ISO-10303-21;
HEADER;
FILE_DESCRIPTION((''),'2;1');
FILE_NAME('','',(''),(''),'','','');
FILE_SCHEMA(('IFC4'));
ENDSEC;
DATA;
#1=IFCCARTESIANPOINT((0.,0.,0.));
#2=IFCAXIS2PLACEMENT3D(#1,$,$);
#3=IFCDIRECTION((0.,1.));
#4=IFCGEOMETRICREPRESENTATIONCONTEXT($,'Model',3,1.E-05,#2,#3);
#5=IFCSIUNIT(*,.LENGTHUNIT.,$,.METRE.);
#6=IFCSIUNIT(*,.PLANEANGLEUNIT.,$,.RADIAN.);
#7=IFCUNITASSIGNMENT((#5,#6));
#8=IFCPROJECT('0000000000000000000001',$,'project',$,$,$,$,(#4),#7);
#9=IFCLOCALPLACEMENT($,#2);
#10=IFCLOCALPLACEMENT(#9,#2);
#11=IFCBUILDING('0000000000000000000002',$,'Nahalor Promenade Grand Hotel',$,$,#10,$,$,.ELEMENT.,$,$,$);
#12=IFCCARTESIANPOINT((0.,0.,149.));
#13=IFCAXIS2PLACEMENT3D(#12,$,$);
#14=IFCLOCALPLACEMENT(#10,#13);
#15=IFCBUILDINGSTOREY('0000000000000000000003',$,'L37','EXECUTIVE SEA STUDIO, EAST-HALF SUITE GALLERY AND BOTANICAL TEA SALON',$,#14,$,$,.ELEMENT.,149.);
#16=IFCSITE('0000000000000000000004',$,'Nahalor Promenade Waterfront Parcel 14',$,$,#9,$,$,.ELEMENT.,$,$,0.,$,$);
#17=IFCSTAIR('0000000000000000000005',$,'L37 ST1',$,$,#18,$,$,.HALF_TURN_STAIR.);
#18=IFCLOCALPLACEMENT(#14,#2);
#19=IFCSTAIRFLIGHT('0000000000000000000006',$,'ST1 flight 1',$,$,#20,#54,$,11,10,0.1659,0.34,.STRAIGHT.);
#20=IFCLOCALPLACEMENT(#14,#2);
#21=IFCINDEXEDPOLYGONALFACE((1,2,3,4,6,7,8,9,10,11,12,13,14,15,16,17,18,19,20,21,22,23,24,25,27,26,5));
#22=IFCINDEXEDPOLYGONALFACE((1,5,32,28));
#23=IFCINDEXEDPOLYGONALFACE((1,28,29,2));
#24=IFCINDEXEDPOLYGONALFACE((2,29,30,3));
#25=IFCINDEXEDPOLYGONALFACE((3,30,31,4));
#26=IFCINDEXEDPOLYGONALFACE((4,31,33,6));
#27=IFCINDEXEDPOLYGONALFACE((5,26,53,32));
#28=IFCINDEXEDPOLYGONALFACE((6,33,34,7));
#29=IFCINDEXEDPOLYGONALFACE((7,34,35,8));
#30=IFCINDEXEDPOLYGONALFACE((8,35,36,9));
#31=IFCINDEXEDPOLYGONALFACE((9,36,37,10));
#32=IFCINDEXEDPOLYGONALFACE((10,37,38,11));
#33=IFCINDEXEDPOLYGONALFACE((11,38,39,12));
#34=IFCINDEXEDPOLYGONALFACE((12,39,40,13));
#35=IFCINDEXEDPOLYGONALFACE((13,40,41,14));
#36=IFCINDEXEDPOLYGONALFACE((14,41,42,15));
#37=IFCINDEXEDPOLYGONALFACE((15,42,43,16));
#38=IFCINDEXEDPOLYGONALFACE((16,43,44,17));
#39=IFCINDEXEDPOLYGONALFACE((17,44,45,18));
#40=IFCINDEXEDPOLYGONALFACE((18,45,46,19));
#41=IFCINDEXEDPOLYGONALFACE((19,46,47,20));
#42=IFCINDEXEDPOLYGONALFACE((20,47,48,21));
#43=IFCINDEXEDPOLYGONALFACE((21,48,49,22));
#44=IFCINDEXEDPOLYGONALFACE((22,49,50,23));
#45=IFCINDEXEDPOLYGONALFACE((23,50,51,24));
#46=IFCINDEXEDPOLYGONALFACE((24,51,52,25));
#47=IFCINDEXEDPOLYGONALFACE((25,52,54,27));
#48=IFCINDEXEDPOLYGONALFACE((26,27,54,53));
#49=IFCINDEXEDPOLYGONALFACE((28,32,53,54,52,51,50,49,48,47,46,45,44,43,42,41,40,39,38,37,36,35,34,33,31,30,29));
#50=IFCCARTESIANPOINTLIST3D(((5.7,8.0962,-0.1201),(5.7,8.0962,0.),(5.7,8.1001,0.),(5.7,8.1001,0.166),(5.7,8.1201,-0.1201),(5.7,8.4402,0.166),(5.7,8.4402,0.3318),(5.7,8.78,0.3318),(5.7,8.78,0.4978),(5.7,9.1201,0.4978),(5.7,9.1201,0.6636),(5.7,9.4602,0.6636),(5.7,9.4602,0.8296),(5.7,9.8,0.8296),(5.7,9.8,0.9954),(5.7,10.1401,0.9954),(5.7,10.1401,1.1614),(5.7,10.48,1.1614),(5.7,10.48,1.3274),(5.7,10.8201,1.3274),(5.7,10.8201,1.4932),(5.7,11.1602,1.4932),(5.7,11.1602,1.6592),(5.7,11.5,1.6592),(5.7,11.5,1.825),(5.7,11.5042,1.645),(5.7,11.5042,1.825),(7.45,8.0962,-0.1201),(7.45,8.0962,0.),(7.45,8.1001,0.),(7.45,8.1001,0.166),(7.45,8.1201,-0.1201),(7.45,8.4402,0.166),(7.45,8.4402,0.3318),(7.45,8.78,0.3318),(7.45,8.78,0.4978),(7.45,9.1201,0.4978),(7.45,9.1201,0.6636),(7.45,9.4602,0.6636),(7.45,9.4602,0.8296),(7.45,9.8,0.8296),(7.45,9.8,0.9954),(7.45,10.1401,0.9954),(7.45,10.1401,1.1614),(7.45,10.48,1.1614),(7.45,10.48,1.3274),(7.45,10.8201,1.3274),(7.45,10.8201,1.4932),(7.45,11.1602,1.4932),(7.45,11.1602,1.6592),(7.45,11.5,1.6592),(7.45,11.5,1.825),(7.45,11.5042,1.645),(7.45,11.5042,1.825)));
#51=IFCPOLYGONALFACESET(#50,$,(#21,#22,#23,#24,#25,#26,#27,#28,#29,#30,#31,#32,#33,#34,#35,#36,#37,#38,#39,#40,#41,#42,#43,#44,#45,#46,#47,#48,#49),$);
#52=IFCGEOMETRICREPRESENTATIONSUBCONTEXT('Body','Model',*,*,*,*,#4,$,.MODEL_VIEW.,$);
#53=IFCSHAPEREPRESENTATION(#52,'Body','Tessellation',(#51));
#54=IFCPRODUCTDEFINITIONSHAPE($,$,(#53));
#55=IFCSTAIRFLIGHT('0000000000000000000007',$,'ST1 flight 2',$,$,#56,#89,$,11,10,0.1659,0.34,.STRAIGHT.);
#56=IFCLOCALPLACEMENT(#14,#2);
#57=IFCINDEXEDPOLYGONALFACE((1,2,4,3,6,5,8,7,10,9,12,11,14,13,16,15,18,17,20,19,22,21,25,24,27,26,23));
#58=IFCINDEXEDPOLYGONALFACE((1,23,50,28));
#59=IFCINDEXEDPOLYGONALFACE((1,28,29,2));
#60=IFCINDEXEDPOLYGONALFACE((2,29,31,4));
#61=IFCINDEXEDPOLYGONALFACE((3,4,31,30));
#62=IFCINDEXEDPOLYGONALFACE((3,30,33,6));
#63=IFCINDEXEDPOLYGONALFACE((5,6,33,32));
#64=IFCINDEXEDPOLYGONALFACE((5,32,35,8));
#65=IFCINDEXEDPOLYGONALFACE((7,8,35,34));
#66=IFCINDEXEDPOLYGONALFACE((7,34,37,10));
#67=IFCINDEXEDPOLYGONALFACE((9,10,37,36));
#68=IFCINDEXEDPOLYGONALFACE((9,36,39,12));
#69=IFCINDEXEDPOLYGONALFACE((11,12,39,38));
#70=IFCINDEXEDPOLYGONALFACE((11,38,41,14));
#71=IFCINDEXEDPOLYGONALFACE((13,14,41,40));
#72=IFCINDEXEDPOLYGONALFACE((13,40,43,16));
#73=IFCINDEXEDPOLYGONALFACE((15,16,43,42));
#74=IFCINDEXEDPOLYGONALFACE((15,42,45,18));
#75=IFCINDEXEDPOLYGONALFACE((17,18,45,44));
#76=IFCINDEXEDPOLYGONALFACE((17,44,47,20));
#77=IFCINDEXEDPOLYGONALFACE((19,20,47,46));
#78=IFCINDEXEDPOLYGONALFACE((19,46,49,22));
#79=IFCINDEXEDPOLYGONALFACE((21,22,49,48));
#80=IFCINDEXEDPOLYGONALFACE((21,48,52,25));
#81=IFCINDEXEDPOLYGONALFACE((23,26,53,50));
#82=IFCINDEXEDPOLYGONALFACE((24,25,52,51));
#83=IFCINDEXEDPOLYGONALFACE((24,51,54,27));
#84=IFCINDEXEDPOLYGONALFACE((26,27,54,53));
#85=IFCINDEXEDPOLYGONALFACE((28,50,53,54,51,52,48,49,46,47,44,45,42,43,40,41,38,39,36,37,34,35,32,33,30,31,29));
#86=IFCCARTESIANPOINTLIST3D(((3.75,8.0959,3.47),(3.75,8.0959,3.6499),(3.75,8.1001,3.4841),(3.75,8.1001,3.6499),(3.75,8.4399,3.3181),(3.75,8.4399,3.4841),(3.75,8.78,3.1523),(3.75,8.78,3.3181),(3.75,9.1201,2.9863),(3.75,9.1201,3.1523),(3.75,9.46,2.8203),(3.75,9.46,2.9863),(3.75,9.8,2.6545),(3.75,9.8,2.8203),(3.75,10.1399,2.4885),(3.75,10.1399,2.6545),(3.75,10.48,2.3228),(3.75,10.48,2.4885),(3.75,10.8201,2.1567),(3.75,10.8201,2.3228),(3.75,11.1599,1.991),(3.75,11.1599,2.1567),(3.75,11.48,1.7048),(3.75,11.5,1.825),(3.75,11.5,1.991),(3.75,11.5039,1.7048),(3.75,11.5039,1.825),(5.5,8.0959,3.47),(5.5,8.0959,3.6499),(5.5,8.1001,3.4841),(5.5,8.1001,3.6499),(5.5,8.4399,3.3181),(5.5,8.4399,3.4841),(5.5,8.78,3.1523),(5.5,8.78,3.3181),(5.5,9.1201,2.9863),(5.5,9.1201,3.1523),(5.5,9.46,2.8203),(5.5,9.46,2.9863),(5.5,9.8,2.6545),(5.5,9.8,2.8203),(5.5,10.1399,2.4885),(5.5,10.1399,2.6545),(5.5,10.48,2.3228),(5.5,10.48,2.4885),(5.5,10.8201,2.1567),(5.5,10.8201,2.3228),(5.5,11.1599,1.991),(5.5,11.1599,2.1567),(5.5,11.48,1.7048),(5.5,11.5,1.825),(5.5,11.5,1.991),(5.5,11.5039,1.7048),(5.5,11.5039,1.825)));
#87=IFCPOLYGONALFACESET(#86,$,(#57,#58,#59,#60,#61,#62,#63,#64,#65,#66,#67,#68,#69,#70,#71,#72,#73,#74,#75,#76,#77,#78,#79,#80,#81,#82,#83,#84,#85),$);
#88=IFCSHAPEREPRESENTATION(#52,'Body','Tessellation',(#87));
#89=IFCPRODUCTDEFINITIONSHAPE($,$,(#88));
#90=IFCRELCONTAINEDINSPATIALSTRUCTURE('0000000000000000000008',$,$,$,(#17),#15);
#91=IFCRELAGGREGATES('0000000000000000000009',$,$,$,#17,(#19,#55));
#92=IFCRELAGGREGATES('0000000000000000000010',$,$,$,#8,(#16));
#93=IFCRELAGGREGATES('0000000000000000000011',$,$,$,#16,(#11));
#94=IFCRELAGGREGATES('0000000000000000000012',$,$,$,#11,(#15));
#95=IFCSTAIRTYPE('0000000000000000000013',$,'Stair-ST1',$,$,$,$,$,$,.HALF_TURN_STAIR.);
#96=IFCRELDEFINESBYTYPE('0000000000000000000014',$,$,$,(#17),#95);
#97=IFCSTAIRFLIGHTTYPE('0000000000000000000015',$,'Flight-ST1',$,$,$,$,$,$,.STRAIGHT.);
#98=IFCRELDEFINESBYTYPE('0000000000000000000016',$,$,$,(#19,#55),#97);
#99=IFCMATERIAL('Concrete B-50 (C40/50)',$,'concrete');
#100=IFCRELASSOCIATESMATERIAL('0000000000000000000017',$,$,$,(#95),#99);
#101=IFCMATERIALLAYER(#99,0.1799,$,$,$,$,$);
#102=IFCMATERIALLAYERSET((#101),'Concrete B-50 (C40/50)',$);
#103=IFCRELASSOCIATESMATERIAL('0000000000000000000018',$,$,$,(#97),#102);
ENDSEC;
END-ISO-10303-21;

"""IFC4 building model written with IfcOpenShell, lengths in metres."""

from ifc_helpers import new_model, si_unit, direction, frame, origin, place, context, subcontext, project, spatial, polyline, outline, extrude, source, transform, mapped, material, layer, layer_set, type_object, element, aggregate, save


model = new_model("IFC4")

# Units and contexts
model_context = context("Model", 3, precision=1e-05, world=origin(), true_north=direction((0.0, 1.0)))
body_context = subcontext(model_context, "Body", "Model", "MODEL_VIEW")
ifc_project = project(units=[si_unit("LENGTHUNIT", "METRE"), si_unit("PLANEANGLEUNIT", "RADIAN")], contexts=[model_context])

# Site, building, storey
site_placement = place(None, origin())
site = spatial("IfcSite", under=ifc_project, at=site_placement, Name="Nahalor Promenade Waterfront Parcel 14", CompositionType="ELEMENT", RefElevation=0.0)
building_placement = place(site_placement, origin())
building = spatial("IfcBuilding", under=site, at=building_placement, Name="Nahalor Promenade Grand Hotel", CompositionType="ELEMENT")
storey_placement = place(building_placement, frame((0.0, 0.0, 149.0)))
storey = spatial("IfcBuildingStorey", under=building, at=storey_placement, Name="L37", Description="EXECUTIVE SEA STUDIO, EAST-HALF SUITE GALLERY AND BOTANICAL TEA SALON", CompositionType="ELEMENT", Elevation=149.0)

# Shared definitions
ifc_material_1 = material(Name="Concrete B-50 (C40/50)", Category="concrete")

# Stair, stair flights
stair_type = type_object("IfcStairType", Name="Stair-ST1", PredefinedType="HALF_TURN_STAIR", material=ifc_material_1)
stair_placement = place(storey_placement, origin())
stair = element("IfcStair", 1, at=stair_placement, inside=storey, type_object=stair_type, Name="L37 ST1", PredefinedType="HALF_TURN_STAIR")
ifc_layer_1 = layer(ifc_material_1, 0.1799)
ifc_layer_set_1 = layer_set([ifc_layer_1], Name="Concrete B-50 (C40/50)")
stair_flight_type = type_object("IfcStairFlightType", Name="Flight-ST1", PredefinedType="STRAIGHT", material=ifc_layer_set_1)
shared_shape_1 = source(origin(), body_context, "Body", "SweptSolid", [
    extrude(outline(polyline([(-0.0039, -0.1201), (-0.0039, 0.0), (0.0, 0.0), (0.0, 0.166), (0.3401, 0.166), (0.3401, 0.3318), (0.6799, 0.3318), (0.6799, 0.4978), (1.02, 0.4978), (1.02, 0.6636), (1.3601, 0.6636), (1.3601, 0.8296), (1.7, 0.8296), (1.7, 0.9954), (2.04, 0.9954), (2.04, 1.1614), (2.3799, 1.1614), (2.3799, 1.3274), (2.72, 1.3274), (2.72, 1.4932), (3.0601, 1.4932), (3.0601, 1.6592), (3.3999, 1.6592), (3.3999, 1.825), (3.4041, 1.825), (3.4041, 1.645), (0.02, -0.1201), (-0.0039, -0.1201)])), frame((0.0, 0.875, 0.0), z_axis=(0.0, -1.0, 0.0), x_axis=(1.0, 0.0, 0.0)), (0.0, 0.0, 1.0), 1.75),
])
stair_flight_1_placement = place(storey_placement, frame((6.575, 8.1001, 0.0), z_axis=(0.0, 0.0, 1.0), x_axis=(0.0, 1.0, 0.0)))
stair_flight_1 = element("IfcStairFlight", 2, at=stair_flight_1_placement, type_object=stair_flight_type, Name="ST1 flight 1", NumberOfRisers=11, NumberOfTreads=10, PredefinedType="STRAIGHT", RiserHeight=0.1659, TreadLength=0.34, context=body_context, shape_type="MappedRepresentation", body=[
    mapped(shared_shape_1, transform((0.0, 0.0, 0.0), scale=1.0)),
])
stair_flight_2_placement = place(storey_placement, frame((4.625, 11.5, 1.825), z_axis=(0.0, 0.0, 1.0), x_axis=(0.0, -1.0, 0.0)))
stair_flight_2 = element("IfcStairFlight", 3, at=stair_flight_2_placement, type_object=stair_flight_type, Name="ST1 flight 2", NumberOfRisers=11, NumberOfTreads=10, PredefinedType="STRAIGHT", RiserHeight=0.1659, TreadLength=0.34, context=body_context, shape_type="MappedRepresentation", body=[
    mapped(shared_shape_1, transform((0.0, 0.0, 0.0), scale=1.0)),
])
aggregate(stair, [stair_flight_1, stair_flight_2])

save(model, "model.ifc")
